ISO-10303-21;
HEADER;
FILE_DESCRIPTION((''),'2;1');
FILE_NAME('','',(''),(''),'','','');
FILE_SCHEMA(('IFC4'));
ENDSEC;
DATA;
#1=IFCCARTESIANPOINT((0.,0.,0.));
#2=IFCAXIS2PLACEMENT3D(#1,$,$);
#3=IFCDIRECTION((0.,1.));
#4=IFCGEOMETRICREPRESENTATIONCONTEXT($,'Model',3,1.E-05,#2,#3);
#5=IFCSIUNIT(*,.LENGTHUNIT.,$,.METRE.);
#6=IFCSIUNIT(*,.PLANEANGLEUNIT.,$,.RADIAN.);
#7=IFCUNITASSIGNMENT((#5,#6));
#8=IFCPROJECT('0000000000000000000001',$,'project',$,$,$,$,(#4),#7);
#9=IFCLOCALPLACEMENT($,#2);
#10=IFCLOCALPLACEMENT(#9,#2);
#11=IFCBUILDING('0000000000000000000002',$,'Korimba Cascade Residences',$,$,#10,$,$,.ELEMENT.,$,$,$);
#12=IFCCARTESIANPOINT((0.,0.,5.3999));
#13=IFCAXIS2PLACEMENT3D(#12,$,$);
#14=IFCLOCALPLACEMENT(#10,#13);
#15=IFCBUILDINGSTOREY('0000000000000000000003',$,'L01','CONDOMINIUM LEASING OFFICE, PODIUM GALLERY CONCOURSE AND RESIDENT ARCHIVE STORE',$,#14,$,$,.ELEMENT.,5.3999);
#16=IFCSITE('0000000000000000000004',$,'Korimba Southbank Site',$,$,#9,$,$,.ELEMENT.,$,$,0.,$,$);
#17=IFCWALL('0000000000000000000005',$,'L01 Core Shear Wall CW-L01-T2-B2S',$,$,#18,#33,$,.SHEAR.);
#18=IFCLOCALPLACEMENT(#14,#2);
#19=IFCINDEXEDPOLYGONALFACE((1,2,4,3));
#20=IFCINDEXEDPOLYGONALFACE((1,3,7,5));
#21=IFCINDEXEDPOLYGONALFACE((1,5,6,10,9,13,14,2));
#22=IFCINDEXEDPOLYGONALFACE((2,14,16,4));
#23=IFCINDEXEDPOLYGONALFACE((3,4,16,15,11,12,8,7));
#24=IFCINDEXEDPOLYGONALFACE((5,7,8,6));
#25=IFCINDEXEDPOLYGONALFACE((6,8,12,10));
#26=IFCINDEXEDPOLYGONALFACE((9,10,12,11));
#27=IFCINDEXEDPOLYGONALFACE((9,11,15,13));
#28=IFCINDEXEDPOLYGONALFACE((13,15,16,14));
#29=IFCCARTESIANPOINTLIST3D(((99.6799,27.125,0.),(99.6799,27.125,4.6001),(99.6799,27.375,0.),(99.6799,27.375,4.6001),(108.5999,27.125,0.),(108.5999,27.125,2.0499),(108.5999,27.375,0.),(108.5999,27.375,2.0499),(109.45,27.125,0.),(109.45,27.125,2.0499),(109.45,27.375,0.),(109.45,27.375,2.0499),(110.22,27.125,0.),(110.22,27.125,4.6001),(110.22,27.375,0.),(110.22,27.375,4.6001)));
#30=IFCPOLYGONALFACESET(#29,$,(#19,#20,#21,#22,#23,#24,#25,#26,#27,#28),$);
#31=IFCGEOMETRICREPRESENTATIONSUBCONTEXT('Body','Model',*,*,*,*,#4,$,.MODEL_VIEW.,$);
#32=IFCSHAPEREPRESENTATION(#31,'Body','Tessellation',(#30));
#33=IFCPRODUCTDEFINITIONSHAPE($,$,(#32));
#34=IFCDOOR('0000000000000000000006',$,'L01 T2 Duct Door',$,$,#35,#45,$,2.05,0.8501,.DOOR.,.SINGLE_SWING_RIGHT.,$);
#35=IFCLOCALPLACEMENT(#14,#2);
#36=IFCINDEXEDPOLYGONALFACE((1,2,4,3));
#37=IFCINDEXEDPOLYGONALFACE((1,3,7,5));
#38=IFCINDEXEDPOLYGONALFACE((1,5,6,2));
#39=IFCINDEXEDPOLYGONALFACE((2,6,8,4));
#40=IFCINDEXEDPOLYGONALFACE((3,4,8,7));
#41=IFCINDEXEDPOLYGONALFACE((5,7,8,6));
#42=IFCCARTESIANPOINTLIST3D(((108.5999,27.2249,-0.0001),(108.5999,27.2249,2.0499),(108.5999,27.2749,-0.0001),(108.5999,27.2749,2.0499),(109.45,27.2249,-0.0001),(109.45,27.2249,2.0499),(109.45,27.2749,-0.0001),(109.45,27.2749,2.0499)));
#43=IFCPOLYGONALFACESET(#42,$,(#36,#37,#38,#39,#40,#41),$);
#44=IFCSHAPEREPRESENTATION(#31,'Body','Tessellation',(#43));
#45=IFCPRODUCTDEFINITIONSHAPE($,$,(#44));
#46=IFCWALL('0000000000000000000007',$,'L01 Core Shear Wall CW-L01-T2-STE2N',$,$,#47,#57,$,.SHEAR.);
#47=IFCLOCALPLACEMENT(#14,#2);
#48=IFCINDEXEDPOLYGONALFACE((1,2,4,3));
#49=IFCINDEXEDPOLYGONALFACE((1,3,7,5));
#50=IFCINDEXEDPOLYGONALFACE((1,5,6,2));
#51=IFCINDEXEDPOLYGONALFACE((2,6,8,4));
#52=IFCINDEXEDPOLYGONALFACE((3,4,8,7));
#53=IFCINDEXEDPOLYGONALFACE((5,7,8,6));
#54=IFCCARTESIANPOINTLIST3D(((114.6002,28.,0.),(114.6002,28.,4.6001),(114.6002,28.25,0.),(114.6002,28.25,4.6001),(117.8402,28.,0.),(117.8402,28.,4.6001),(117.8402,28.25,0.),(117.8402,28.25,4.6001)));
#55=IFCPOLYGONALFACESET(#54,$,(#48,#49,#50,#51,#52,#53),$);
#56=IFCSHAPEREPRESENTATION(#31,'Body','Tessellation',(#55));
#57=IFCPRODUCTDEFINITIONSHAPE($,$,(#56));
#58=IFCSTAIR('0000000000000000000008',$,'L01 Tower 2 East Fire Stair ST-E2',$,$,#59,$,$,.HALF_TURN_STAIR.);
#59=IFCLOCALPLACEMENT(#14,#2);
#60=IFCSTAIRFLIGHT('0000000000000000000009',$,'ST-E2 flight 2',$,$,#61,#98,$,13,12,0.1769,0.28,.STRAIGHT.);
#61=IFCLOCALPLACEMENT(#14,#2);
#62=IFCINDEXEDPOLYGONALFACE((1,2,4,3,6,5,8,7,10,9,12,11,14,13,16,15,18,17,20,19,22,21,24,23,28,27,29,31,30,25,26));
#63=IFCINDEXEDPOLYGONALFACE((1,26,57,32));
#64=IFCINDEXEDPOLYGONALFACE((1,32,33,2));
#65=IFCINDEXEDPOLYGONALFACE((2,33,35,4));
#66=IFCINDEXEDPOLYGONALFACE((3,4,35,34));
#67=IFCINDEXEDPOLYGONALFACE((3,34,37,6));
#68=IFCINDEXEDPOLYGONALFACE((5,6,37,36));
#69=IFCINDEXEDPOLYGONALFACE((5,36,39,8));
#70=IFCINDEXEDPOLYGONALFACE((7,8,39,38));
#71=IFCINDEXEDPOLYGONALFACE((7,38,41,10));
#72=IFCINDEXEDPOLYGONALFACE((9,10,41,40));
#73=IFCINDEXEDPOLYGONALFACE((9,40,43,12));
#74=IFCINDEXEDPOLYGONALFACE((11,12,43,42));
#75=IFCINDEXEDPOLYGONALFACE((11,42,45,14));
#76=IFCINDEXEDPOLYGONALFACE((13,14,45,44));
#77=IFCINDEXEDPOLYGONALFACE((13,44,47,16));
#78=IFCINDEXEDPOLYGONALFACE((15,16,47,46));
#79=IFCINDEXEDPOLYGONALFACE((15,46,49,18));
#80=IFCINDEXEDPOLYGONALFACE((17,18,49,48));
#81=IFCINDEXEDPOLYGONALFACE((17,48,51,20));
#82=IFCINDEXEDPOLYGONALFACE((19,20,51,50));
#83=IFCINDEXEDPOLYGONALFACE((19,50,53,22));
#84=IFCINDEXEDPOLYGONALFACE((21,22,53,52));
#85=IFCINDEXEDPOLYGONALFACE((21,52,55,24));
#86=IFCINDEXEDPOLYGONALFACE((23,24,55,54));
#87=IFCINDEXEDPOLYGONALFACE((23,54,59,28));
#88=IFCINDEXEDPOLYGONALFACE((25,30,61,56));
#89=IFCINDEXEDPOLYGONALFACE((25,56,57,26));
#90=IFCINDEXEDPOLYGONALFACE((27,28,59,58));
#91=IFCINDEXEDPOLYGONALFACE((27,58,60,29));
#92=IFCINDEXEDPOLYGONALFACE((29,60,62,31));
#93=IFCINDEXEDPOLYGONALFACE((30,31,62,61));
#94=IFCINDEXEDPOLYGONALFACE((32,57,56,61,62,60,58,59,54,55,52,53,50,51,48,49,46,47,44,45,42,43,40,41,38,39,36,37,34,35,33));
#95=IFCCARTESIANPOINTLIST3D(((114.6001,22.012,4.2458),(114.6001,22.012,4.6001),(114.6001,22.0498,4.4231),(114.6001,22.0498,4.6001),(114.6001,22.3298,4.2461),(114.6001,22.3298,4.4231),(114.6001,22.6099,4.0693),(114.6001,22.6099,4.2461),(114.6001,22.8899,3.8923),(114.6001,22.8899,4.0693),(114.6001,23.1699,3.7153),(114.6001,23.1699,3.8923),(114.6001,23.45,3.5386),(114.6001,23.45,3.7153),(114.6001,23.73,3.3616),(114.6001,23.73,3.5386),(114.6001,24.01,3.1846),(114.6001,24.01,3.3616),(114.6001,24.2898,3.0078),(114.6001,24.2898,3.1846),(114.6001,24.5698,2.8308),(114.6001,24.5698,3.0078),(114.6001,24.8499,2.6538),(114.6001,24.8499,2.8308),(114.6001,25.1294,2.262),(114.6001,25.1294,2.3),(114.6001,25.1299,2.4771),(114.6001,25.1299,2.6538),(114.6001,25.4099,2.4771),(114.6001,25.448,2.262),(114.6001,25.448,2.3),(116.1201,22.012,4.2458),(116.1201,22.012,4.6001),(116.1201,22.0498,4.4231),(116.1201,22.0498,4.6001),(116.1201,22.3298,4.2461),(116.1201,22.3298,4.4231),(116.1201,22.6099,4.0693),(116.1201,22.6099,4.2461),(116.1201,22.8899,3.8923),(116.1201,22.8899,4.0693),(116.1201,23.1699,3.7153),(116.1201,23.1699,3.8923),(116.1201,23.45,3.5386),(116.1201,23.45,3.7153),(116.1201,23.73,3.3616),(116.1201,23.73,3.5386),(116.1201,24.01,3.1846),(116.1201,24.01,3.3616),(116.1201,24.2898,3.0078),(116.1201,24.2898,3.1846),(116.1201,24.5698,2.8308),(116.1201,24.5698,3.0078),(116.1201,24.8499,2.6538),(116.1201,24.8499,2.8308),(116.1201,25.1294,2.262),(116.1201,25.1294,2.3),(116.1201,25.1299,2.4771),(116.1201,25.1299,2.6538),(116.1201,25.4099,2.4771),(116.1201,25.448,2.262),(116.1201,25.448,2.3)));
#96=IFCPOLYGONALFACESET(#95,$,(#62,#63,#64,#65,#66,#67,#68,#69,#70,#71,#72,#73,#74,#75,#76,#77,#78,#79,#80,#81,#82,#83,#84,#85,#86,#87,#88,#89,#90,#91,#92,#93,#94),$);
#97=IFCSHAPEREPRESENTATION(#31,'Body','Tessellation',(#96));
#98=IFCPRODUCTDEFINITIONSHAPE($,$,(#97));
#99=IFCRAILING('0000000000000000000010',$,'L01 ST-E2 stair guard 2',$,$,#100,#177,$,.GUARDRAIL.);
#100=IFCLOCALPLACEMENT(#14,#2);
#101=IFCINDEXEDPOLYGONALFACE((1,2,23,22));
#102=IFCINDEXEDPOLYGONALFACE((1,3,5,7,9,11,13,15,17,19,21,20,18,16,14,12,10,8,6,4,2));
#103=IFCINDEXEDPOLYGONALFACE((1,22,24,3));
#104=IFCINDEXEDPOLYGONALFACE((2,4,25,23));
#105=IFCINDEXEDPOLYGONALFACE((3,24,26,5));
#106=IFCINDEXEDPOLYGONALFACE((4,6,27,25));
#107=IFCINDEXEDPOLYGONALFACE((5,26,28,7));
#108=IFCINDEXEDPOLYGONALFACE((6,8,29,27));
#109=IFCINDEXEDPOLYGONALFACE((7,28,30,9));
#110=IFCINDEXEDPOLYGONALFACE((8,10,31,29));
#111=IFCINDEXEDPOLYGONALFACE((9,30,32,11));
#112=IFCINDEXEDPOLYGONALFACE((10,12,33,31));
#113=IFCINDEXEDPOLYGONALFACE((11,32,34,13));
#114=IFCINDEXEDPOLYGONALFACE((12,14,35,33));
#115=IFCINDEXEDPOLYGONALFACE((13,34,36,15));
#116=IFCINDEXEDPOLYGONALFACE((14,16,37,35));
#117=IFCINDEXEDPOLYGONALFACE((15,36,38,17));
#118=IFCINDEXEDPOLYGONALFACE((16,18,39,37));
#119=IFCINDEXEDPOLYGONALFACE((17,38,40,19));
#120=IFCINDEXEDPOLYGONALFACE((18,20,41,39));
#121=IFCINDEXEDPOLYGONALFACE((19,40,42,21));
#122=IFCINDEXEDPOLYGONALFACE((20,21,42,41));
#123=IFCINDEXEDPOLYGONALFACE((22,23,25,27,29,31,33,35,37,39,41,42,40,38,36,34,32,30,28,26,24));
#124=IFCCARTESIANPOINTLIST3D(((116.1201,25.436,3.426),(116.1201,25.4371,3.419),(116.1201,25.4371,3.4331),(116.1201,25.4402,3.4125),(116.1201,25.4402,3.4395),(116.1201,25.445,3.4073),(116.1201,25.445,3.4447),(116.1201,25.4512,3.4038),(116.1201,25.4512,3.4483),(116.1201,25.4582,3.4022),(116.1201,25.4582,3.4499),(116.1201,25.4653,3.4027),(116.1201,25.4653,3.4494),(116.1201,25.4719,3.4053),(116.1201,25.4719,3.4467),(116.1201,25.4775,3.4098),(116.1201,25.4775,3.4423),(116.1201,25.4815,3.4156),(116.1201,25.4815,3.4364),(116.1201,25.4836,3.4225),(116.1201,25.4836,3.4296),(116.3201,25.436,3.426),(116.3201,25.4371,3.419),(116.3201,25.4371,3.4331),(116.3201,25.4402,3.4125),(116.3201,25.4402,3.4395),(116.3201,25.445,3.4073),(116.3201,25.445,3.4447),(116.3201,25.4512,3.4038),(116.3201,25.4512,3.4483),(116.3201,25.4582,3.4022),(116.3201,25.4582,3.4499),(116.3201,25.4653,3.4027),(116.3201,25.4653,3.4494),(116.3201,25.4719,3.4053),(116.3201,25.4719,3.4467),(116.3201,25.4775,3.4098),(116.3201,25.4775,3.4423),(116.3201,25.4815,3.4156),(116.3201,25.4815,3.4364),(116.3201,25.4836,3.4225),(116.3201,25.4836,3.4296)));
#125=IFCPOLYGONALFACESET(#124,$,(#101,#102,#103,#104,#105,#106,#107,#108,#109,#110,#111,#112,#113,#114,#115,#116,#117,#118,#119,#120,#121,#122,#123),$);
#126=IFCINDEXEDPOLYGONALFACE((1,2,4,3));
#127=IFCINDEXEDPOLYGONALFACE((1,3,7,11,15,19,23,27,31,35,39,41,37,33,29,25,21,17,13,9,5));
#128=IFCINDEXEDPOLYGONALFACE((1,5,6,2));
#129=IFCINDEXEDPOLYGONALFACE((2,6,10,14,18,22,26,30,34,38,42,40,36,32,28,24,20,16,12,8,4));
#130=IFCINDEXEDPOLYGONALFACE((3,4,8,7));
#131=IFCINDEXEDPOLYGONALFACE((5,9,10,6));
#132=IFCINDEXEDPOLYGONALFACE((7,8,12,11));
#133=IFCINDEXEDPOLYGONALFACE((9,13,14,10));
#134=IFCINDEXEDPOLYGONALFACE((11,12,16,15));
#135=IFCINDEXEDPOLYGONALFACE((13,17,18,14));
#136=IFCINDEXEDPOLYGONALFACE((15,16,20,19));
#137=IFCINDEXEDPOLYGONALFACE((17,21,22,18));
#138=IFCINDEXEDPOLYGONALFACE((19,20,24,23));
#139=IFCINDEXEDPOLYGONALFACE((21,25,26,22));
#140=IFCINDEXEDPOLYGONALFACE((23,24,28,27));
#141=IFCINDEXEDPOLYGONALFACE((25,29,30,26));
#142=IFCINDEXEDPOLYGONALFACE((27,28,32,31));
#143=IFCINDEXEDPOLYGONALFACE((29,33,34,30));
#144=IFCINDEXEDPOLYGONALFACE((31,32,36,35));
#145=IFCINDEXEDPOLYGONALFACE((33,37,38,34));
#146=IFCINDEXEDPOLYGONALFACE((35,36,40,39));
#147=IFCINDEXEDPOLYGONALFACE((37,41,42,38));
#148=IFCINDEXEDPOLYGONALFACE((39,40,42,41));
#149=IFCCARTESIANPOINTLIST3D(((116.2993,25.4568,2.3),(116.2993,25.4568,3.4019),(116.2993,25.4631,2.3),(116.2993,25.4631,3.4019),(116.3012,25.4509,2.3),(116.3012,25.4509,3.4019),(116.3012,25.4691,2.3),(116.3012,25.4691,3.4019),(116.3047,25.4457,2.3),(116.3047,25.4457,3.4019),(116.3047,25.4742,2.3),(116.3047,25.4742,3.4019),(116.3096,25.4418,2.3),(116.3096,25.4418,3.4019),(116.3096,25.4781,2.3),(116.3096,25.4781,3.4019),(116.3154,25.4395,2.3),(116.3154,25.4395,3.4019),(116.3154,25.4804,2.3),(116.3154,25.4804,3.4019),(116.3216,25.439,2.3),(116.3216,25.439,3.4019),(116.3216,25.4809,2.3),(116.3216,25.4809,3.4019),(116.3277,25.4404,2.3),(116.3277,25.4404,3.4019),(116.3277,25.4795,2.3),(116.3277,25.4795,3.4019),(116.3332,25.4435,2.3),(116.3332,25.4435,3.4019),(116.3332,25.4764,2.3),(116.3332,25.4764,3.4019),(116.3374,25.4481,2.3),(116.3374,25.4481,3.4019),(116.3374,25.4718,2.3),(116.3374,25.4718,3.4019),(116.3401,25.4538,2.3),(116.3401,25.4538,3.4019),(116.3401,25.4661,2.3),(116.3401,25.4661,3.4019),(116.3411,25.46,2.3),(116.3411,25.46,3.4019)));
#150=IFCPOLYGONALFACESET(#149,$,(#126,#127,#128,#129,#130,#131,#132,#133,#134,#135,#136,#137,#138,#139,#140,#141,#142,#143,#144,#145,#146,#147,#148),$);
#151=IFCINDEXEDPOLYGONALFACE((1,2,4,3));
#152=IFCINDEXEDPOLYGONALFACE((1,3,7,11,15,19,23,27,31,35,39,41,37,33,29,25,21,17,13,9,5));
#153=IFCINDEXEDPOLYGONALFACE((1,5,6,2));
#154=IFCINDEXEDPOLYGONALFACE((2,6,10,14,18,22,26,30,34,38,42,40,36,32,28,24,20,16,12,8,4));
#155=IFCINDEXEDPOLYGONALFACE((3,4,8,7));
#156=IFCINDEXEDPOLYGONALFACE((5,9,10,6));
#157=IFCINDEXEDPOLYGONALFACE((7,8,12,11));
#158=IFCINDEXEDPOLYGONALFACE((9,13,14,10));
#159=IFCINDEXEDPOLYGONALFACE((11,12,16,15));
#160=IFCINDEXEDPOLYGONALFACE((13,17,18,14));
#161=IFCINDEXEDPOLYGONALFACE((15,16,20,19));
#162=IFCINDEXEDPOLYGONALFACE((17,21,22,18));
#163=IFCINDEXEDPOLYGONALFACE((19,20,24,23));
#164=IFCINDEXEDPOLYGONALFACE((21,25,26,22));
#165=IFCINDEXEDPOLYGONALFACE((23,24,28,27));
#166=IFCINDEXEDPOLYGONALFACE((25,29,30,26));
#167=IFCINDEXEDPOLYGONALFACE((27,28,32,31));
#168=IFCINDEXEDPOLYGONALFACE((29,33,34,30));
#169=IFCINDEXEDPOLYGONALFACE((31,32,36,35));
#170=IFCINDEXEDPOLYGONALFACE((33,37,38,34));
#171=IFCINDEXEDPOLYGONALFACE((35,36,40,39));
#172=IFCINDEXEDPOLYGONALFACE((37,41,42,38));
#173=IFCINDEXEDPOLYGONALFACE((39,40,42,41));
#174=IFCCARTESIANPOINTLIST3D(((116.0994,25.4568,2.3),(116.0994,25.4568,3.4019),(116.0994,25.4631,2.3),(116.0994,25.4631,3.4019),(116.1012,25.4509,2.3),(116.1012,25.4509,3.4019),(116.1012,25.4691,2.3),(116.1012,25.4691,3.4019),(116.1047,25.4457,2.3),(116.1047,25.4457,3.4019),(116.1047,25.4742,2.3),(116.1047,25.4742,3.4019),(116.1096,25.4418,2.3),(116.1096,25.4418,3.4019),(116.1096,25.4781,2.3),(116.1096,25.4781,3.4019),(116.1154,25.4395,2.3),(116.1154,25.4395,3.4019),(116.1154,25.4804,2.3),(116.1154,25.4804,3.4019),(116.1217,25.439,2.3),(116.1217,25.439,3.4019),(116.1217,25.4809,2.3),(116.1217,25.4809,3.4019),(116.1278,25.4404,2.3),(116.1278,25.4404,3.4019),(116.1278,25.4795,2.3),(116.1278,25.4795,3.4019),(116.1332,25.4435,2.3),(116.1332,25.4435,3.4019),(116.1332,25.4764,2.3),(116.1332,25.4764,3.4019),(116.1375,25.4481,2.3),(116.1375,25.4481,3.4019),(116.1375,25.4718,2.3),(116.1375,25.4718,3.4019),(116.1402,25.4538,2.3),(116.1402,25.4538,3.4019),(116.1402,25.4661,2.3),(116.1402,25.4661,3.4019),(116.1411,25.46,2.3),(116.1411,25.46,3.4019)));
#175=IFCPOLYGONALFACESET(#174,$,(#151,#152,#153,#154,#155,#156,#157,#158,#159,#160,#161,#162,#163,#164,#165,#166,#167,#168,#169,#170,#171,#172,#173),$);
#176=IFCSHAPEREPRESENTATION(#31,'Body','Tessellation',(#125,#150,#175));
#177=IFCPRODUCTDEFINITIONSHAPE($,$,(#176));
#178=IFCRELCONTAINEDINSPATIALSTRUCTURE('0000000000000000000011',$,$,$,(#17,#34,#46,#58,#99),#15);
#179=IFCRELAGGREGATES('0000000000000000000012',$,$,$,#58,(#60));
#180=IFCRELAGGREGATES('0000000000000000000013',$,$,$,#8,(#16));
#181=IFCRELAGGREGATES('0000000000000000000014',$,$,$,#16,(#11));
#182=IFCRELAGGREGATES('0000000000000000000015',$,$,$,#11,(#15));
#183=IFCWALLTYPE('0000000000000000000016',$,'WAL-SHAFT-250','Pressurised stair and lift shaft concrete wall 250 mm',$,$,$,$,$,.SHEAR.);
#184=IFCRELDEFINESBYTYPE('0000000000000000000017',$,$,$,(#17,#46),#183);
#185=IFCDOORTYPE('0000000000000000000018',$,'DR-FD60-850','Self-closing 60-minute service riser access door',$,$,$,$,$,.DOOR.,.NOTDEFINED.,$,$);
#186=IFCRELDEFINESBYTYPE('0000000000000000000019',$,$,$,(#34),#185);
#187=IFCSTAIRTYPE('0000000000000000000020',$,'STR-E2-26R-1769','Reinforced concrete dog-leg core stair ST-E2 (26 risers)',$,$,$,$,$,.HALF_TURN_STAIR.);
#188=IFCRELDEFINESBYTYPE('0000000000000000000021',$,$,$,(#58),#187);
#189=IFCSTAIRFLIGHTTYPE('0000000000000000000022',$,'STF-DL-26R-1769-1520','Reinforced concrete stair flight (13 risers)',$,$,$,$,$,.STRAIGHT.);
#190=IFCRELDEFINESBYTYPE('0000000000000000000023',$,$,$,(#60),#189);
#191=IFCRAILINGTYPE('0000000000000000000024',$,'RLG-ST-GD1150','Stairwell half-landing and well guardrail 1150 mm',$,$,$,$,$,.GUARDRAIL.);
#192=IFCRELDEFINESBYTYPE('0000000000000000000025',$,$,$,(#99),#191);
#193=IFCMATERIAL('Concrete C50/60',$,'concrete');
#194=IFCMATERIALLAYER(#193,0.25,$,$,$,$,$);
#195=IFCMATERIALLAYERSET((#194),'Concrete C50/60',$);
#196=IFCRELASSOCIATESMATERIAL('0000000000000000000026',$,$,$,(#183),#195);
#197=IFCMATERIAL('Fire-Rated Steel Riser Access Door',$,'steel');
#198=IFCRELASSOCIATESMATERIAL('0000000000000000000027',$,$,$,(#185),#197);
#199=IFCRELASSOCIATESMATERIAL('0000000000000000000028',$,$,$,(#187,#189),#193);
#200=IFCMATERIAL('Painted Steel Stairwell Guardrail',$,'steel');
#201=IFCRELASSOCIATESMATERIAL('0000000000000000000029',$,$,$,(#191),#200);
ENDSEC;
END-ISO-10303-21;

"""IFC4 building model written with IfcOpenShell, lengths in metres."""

from ifc_helpers import new_model, si_unit, direction, frame, frame_2d, origin, origin_2d, place, context, subcontext, project, spatial, polyline, rectangle, circle, outline, extrude, material, layer, layer_set, type_object, element, fill, aggregate, save


model = new_model("IFC4")

# Units and contexts
model_context = context("Model", 3, precision=1e-05, world=origin(), true_north=direction((0.0, 1.0)))
body_context = subcontext(model_context, "Body", "Model", "MODEL_VIEW")
ifc_project = project(units=[si_unit("LENGTHUNIT", "METRE"), si_unit("PLANEANGLEUNIT", "RADIAN")], contexts=[model_context])

# Site, building, storey
site_placement = place(None, origin())
site = spatial("IfcSite", under=ifc_project, at=site_placement, Name="Korimba Southbank Site", CompositionType="ELEMENT", RefElevation=0.0)
building_placement = place(site_placement, origin())
building = spatial("IfcBuilding", under=site, at=building_placement, Name="Korimba Cascade Residences", CompositionType="ELEMENT")
storey_placement = place(building_placement, frame((0.0, 0.0, 5.3999)))
storey = spatial("IfcBuildingStorey", under=building, at=storey_placement, Name="L01", Description="CONDOMINIUM LEASING OFFICE, PODIUM GALLERY CONCOURSE AND RESIDENT ARCHIVE STORE", CompositionType="ELEMENT", Elevation=5.3999)

# Shared definitions
ifc_material_1 = material(Name="Concrete C50/60", Category="concrete")
ifc_layer_1 = layer(ifc_material_1, 0.25)
ifc_layer_set_1 = layer_set([ifc_layer_1], Name="Concrete C50/60")
wall_type_1 = type_object("IfcWallType", Name="WAL-SHAFT-250", Description="Pressurised stair and lift shaft concrete wall 250 mm", PredefinedType="SHEAR", material=ifc_layer_set_1)

# Wall, opening, door
wall_1_placement = place(storey_placement, frame((99.6799, 27.25, 0.0), z_axis=(0.0, 0.0, 1.0), x_axis=(1.0, 0.0, 0.0)))
wall_1 = element("IfcWall", 1, at=wall_1_placement, inside=storey, type_object=wall_type_1, Name="L01 Core Shear Wall CW-L01-T2-B2S", PredefinedType="SHEAR", context=body_context, shape_type="SweptSolid", body=[
    extrude(rectangle(XDim=10.54, YDim=0.25, at=frame_2d((5.27, 0.0))), origin(), (0.0, 0.0, 1.0), 4.6001),
])
opening_placement = place(wall_1_placement, frame((8.9199, 0.0, 0.0)))
opening = element("IfcOpeningElement", 2, at=opening_placement, cuts=wall_1, PredefinedType="OPENING", context=body_context, shape_type="SweptSolid", body=[
    extrude(rectangle(XDim=0.8501, YDim=2.05, at=frame_2d((0.425, 1.0249))), frame((0.0, 0.135, 0.0), z_axis=(0.0, -1.0, 0.0), x_axis=(1.0, 0.0, 0.0)), (0.0, 0.0, 1.0), 0.27),
])
ifc_material_2 = material(Name="Fire-Rated Steel Riser Access Door", Category="steel")
door_type = type_object("IfcDoorType", Name="DR-FD60-850", Description="Self-closing 60-minute service riser access door", OperationType="NOTDEFINED", PredefinedType="DOOR", material=ifc_material_2)
door_placement = place(opening_placement, origin())
door = element("IfcDoor", 3, at=door_placement, inside=storey, type_object=door_type, Name="L01 T2 Duct Door", OperationType="SINGLE_SWING_RIGHT", OverallHeight=2.05, OverallWidth=0.8501, PredefinedType="DOOR", context=body_context, shape_type="SweptSolid", body=[
    extrude(rectangle(XDim=0.8501, YDim=2.05, at=frame_2d((0.425, 1.0249))), frame((0.0, 0.0249, 0.0), z_axis=(0.0, -1.0, 0.0), x_axis=(1.0, 0.0, 0.0)), (0.0, 0.0, 1.0), 0.05),
])
fill(opening, door)

# Wall
wall_2_placement = place(storey_placement, frame((114.6001, 28.125, 0.0), z_axis=(0.0, 0.0, 1.0), x_axis=(1.0, 0.0, 0.0)))
element("IfcWall", 4, at=wall_2_placement, inside=storey, type_object=wall_type_1, Name="L01 Core Shear Wall CW-L01-T2-STE2N", PredefinedType="SHEAR", context=body_context, shape_type="SweptSolid", body=[
    extrude(rectangle(XDim=3.24, YDim=0.25, at=frame_2d((1.6201, 0.0))), origin(), (0.0, 0.0, 1.0), 4.6001),
])

# Stair, stair flight
stair_type = type_object("IfcStairType", Name="STR-E2-26R-1769", Description="Reinforced concrete dog-leg core stair ST-E2 (26 risers)", PredefinedType="HALF_TURN_STAIR", material=ifc_material_1)
stair_placement = place(storey_placement, origin())
stair = element("IfcStair", 5, at=stair_placement, inside=storey, type_object=stair_type, Name="L01 Tower 2 East Fire Stair ST-E2", PredefinedType="HALF_TURN_STAIR")
stair_flight_type = type_object("IfcStairFlightType", Name="STF-DL-26R-1769-1520", Description="Reinforced concrete stair flight (13 risers)", PredefinedType="STRAIGHT", material=ifc_material_1)
stair_flight_placement = place(storey_placement, frame((115.3601, 25.4099, 2.3), z_axis=(0.0, 0.0, 1.0), x_axis=(0.0, -1.0, 0.0)))
stair_flight = element("IfcStairFlight", 6, at=stair_flight_placement, type_object=stair_flight_type, Name="ST-E2 flight 2", NumberOfRisers=13, NumberOfTreads=12, PredefinedType="STRAIGHT", RiserHeight=0.1769, TreadLength=0.28, context=body_context, shape_type="SweptSolid", body=[
    extrude(outline(polyline([(-0.0381, 0.0), (0.0, 0.177), (0.28, 0.177), (0.28, 0.3538), (0.5601, 0.3538), (0.5601, 0.5308), (0.8401, 0.5308), (0.8401, 0.7078), (1.1201, 0.7078), (1.1201, 0.8845), (1.3999, 0.8845), (1.3999, 1.0615), (1.6799, 1.0615), (1.6799, 1.2385), (1.96, 1.2385), (1.96, 1.4153), (2.24, 1.4153), (2.24, 1.5923), (2.52, 1.5923), (2.52, 1.7693), (2.8, 1.7693), (2.8, 1.946), (3.0801, 1.946), (3.0801, 2.123), (3.3601, 2.123), (3.3601, 2.3), (3.3979, 2.3), (3.3979, 1.9458), (0.2805, 0.0), (0.2805, -0.0381), (-0.0381, -0.0381), (-0.0381, 0.0)])), frame((0.0, 0.76, 0.0), z_axis=(0.0, -1.0, 0.0), x_axis=(1.0, 0.0, 0.0)), (0.0, 0.0, 1.0), 1.52),
])
aggregate(stair, [stair_flight])

# Railing
ifc_material_3 = material(Name="Painted Steel Stairwell Guardrail", Category="steel")
railing_type_1 = type_object("IfcRailingType", Name="RLG-ST-GD1150", Description="Stairwell half-landing and well guardrail 1150 mm", PredefinedType="GUARDRAIL", material=ifc_material_3)
railing_1_placement = place(storey_placement, frame((116.3201, 25.46, 2.3)))
element("IfcRailing", 7, at=railing_1_placement, inside=storey, type_object=railing_type_1, Name="L01 ST-E2 stair guard 2", PredefinedType="GUARDRAIL", context=body_context, shape_type="SweptSolid", body=[
    extrude(circle(Radius=0.0239, at=origin_2d()), frame((0.0, 0.0, 1.126), z_axis=(-1.0, 0.0, 0.0), x_axis=(0.0, -1.0, 0.0)), (0.0, 0.0, 1.0), 0.2),
    extrude(circle(Radius=0.021, at=origin_2d()), origin(), (0.0, 0.0, 1.0), 1.1018),
    extrude(circle(Radius=0.021, at=origin_2d()), frame((-0.2, 0.0, 0.0)), (0.0, 0.0, 1.0), 1.1018),
])

save(model, "model.ifc")
